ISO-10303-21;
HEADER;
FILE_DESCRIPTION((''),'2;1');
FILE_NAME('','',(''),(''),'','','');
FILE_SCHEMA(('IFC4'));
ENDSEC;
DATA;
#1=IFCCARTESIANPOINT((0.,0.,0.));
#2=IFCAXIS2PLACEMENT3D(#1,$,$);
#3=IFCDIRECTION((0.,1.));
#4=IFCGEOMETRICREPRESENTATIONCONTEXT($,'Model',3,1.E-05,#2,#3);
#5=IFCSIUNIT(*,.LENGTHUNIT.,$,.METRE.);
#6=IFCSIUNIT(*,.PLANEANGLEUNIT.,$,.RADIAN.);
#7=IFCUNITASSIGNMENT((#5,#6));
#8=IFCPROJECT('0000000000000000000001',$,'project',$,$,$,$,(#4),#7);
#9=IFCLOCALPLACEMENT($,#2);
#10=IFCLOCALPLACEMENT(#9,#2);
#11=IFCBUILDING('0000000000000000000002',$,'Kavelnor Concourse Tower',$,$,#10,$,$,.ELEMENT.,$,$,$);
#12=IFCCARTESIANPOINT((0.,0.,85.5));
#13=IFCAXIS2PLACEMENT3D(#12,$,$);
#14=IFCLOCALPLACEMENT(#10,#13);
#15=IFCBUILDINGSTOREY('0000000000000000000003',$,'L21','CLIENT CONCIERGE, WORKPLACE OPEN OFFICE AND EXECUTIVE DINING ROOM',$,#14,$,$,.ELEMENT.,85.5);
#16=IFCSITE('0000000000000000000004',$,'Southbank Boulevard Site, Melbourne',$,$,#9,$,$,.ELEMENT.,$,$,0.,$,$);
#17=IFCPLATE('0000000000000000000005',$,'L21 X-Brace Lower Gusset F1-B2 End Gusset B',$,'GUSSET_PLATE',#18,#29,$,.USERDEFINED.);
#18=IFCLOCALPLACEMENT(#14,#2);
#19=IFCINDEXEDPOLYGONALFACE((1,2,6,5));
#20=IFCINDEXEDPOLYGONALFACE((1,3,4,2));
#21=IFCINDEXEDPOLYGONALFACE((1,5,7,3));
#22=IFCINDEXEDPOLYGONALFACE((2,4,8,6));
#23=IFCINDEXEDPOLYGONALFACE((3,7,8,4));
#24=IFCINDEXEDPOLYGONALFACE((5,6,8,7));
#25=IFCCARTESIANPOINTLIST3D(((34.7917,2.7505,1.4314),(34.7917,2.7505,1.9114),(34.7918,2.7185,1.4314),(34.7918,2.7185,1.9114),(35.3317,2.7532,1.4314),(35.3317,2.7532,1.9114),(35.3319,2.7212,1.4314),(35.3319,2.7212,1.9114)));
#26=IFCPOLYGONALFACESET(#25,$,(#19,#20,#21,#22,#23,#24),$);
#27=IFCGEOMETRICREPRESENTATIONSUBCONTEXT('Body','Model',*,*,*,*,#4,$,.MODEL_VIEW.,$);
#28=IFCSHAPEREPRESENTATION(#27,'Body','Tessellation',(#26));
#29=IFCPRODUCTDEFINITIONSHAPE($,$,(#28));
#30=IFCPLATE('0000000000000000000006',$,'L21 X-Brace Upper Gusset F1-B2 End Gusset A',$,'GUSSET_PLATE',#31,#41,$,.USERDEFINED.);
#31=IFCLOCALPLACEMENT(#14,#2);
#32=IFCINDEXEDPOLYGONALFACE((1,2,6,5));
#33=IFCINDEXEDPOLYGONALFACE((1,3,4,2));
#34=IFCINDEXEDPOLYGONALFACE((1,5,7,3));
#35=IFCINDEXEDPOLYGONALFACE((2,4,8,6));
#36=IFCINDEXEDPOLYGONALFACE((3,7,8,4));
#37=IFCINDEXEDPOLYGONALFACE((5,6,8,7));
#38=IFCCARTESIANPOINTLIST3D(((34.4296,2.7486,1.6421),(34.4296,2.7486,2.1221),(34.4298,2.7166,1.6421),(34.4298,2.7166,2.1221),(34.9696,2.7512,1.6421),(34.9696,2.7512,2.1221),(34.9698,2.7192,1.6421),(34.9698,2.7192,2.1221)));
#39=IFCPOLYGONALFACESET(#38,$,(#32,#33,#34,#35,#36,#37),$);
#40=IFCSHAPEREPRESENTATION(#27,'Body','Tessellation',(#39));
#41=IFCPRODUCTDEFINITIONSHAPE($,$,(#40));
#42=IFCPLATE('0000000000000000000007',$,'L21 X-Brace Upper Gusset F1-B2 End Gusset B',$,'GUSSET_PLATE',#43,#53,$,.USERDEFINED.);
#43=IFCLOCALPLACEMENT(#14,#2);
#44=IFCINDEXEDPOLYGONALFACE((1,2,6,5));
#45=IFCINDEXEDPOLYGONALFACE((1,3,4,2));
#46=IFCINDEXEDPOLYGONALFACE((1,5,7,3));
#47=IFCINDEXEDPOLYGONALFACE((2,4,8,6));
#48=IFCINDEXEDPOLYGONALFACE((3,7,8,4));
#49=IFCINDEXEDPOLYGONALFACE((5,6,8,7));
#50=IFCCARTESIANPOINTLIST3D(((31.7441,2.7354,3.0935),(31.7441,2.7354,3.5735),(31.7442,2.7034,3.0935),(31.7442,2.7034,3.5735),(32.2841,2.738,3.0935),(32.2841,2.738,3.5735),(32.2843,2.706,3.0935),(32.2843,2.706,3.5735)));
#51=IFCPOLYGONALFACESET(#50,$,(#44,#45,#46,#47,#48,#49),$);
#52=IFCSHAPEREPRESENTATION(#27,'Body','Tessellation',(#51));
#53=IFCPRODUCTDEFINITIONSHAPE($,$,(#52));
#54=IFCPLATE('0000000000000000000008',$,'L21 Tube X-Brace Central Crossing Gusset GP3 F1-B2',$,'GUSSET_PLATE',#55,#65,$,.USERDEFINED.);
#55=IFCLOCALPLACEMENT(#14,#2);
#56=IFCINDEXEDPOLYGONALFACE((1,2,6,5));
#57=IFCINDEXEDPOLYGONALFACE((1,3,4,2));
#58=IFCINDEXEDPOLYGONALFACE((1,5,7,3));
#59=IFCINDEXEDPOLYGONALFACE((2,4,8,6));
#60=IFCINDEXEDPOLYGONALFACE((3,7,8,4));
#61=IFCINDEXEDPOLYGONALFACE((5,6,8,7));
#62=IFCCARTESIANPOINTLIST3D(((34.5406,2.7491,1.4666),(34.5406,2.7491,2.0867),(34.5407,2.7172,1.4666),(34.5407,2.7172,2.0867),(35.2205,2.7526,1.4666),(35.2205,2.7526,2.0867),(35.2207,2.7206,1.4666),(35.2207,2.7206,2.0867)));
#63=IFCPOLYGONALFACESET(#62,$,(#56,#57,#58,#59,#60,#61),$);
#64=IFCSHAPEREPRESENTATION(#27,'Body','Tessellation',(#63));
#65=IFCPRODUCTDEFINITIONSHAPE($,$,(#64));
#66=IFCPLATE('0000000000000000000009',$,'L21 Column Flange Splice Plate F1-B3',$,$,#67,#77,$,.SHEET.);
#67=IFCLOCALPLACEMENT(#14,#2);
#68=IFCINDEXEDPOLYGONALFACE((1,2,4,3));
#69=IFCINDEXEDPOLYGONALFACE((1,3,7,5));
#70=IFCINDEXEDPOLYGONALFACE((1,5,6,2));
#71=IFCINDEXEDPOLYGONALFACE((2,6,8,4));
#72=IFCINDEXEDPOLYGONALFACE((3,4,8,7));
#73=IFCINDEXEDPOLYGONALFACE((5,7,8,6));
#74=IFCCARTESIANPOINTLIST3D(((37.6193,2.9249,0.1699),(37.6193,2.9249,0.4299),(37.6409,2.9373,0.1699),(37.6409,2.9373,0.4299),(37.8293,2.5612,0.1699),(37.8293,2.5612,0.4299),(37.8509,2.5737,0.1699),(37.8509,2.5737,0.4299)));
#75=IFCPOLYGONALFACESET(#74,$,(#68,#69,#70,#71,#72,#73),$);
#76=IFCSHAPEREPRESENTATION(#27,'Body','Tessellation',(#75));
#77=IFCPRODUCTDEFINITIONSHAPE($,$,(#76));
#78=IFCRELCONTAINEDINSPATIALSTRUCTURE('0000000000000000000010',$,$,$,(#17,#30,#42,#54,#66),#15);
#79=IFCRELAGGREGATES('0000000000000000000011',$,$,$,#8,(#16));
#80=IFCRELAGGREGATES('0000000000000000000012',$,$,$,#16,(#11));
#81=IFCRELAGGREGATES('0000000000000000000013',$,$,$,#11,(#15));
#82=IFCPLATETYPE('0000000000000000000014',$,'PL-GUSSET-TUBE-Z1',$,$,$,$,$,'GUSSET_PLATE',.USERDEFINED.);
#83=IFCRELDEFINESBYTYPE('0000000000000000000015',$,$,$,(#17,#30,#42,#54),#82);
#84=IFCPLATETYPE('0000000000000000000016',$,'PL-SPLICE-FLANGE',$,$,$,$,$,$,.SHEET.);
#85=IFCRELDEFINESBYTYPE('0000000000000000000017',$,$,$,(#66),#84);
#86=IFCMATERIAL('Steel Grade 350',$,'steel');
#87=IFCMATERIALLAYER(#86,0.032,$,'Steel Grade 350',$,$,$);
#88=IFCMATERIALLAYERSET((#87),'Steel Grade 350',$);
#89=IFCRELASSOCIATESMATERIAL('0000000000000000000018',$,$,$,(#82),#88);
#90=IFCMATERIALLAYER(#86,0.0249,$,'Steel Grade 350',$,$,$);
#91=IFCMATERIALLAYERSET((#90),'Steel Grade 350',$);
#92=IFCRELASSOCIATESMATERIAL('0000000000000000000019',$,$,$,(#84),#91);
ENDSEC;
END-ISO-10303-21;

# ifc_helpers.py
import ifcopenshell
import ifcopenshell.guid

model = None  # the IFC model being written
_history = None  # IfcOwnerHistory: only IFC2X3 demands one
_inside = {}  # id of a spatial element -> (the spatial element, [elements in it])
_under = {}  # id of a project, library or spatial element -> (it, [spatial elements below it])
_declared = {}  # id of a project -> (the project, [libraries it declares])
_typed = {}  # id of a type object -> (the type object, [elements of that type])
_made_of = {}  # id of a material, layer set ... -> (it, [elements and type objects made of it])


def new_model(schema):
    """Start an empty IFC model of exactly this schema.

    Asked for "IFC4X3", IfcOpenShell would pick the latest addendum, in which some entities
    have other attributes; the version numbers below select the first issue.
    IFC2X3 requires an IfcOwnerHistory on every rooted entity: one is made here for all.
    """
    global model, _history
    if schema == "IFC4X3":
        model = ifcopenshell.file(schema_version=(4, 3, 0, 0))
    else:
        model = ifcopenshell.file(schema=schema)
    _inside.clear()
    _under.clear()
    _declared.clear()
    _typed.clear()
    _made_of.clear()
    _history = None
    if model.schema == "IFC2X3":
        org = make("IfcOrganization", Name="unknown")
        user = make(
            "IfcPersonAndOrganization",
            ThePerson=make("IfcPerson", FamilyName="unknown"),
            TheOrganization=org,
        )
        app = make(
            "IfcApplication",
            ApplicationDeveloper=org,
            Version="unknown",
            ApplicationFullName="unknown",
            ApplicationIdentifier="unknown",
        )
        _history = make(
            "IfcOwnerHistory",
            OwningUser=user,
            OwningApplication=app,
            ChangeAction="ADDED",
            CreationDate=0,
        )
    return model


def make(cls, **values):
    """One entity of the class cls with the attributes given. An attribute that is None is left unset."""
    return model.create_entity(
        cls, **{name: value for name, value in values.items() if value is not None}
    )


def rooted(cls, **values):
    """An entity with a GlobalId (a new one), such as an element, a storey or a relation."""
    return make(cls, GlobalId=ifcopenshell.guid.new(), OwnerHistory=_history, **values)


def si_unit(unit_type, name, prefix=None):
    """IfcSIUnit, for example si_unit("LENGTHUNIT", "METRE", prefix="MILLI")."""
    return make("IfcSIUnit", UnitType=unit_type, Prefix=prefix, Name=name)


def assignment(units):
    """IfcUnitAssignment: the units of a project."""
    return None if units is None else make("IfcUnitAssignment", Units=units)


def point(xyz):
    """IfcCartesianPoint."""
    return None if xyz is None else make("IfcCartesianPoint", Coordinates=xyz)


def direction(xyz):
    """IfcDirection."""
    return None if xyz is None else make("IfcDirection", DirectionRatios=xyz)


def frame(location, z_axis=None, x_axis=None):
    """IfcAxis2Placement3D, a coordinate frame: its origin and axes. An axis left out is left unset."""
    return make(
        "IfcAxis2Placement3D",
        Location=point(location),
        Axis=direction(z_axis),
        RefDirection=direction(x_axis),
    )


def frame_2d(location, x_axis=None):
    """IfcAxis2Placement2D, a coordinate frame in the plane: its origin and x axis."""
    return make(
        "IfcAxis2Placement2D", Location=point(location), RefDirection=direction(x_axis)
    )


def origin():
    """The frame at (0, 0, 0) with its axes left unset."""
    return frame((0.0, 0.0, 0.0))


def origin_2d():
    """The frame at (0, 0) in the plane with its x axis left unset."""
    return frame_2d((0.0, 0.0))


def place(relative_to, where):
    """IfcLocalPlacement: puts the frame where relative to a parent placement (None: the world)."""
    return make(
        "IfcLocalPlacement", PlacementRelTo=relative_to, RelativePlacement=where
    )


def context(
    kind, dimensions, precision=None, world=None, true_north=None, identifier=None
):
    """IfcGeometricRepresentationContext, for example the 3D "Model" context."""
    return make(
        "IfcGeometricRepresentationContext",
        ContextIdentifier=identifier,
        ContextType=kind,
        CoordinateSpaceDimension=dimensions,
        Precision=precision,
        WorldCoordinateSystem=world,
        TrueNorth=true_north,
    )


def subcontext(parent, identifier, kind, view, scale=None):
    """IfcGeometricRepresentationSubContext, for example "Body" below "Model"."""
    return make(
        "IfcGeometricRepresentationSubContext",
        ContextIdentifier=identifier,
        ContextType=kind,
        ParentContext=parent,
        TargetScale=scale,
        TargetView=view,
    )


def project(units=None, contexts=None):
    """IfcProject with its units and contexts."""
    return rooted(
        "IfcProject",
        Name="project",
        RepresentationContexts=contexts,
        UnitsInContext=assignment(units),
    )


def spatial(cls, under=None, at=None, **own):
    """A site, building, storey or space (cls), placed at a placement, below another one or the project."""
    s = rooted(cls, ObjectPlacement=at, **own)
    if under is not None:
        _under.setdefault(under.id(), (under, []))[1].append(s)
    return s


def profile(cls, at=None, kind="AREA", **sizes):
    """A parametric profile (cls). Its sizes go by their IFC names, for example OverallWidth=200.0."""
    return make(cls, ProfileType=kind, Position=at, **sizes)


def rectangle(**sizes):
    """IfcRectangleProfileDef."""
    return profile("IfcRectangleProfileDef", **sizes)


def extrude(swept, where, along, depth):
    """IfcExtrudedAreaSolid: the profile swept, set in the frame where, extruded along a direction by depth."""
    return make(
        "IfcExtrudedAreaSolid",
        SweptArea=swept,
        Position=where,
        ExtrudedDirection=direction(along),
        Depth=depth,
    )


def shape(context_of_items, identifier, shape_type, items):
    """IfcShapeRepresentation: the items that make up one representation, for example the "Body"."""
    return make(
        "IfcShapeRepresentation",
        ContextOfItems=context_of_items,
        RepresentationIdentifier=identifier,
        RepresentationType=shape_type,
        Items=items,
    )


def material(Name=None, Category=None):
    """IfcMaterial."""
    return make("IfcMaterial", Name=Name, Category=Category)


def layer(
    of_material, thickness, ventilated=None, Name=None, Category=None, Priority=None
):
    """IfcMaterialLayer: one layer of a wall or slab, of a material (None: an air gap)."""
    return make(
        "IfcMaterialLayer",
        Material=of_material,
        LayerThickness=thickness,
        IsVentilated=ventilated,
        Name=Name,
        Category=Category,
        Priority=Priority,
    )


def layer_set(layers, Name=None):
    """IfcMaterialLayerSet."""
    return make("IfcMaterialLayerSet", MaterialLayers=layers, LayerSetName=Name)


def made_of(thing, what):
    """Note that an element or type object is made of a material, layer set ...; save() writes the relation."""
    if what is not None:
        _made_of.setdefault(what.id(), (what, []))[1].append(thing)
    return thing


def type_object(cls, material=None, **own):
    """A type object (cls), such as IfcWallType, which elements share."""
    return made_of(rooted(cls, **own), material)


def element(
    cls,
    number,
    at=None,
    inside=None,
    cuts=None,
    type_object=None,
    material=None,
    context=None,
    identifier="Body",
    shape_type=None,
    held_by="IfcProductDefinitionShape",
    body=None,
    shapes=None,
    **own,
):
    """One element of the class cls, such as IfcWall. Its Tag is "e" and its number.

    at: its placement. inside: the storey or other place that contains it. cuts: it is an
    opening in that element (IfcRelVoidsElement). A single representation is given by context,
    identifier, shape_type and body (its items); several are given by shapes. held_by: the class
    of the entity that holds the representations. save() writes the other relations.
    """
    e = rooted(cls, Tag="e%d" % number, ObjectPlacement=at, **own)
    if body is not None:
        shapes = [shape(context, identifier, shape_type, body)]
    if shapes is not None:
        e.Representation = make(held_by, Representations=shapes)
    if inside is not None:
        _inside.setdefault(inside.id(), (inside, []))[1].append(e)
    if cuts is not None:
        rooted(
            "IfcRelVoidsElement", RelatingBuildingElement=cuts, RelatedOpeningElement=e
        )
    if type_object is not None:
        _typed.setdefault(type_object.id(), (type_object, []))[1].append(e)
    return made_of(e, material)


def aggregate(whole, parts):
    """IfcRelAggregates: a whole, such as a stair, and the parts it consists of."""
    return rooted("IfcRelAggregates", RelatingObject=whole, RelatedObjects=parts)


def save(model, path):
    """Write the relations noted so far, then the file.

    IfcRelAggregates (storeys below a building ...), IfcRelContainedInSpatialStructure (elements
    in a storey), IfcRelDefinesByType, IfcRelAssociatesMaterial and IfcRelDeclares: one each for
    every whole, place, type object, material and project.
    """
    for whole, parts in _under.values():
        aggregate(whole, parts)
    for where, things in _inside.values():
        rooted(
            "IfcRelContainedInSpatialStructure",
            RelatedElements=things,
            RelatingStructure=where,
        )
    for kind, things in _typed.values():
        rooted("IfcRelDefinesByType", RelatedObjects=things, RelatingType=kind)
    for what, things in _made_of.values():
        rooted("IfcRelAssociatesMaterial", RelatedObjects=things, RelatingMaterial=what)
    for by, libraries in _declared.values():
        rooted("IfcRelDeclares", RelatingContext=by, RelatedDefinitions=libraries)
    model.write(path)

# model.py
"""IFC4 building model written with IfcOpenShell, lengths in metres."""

from ifc_helpers import new_model, si_unit, direction, frame, origin, origin_2d, place, context, subcontext, project, spatial, rectangle, extrude, material, layer, layer_set, type_object, element, save


model = new_model("IFC4")

# Units and contexts
model_context = context("Model", 3, precision=1e-05, world=origin(), true_north=direction((0.0, 1.0)))
body_context = subcontext(model_context, "Body", "Model", "MODEL_VIEW")
ifc_project = project(units=[si_unit("LENGTHUNIT", "METRE"), si_unit("PLANEANGLEUNIT", "RADIAN")], contexts=[model_context])

# Site, building, storey
site_placement = place(None, origin())
site = spatial("IfcSite", under=ifc_project, at=site_placement, Name="Southbank Boulevard Site, Melbourne", CompositionType="ELEMENT", RefElevation=0.0)
building_placement = place(site_placement, origin())
building = spatial("IfcBuilding", under=site, at=building_placement, Name="Kavelnor Concourse Tower", CompositionType="ELEMENT")
storey_placement = place(building_placement, frame((0.0, 0.0, 85.5)))
storey = spatial("IfcBuildingStorey", under=building, at=storey_placement, Name="L21", Description="CLIENT CONCIERGE, WORKPLACE OPEN OFFICE AND EXECUTIVE DINING ROOM", CompositionType="ELEMENT", Elevation=85.5)

# Shared definitions
ifc_material = material(Name="Steel Grade 350", Category="steel")

# Plates
ifc_layer_1 = layer(ifc_material, 0.032, Name="Steel Grade 350")
ifc_layer_set_1 = layer_set([ifc_layer_1], Name="Steel Grade 350")
plate_type_1 = type_object("IfcPlateType", Name="PL-GUSSET-TUBE-Z1", ElementType="GUSSET_PLATE", PredefinedType="USERDEFINED", material=ifc_layer_set_1)
for number, where, z_axis, x_axis, name in (
    (1, (35.0618, 2.7358, 1.4314), (0.0, 0.0, 1.0), (-0.999987, -0.005061, 0.0), "L21 X-Brace Lower Gusset F1-B2 End Gusset B"),
    (2, (34.6997, 2.7339, 1.6421), (0.0, 0.0, 1.0), (-0.999988, -0.004887, 0.0), "L21 X-Brace Upper Gusset F1-B2 End Gusset A"),
    (3, (32.0142, 2.7207, 3.0935), (0.0, 0.0, 1.0), (-0.999988, -0.004887, 0.0), "L21 X-Brace Upper Gusset F1-B2 End Gusset B"),
):
    element("IfcPlate", number, at=place(storey_placement, frame(where, z_axis=z_axis, x_axis=x_axis)), inside=storey, type_object=plate_type_1, Name=name, ObjectType="GUSSET_PLATE", PredefinedType="USERDEFINED", context=body_context, shape_type="SweptSolid", body=[
        extrude(rectangle(XDim=0.54, YDim=0.032, at=origin_2d()), origin(), (0.0, 0.0, 1.0), 0.48),
    ])
plate_1_placement = place(storey_placement, frame((34.8806, 2.7349, 1.4666), z_axis=(0.0, 0.0, 1.0), x_axis=(-0.999987, -0.005061, 0.0)))
element("IfcPlate", 4, at=plate_1_placement, inside=storey, type_object=plate_type_1, Name="L21 Tube X-Brace Central Crossing Gusset GP3 F1-B2", ObjectType="GUSSET_PLATE", PredefinedType="USERDEFINED", context=body_context, shape_type="SweptSolid", body=[
    extrude(rectangle(XDim=0.6799, YDim=0.032, at=origin_2d()), origin(), (0.0, 0.0, 1.0), 0.6201),
])
ifc_layer_2 = layer(ifc_material, 0.0249, Name="Steel Grade 350")
ifc_layer_set_2 = layer_set([ifc_layer_2], Name="Steel Grade 350")
plate_type_2 = type_object("IfcPlateType", Name="PL-SPLICE-FLANGE", PredefinedType="SHEET", material=ifc_layer_set_2)
plate_2_placement = place(storey_placement, frame((37.7351, 2.7493, 0.1699), z_axis=(0.0, 0.0, 1.0), x_axis=(-0.5, 0.866025, 0.0)))
element("IfcPlate", 5, at=plate_2_placement, inside=storey, type_object=plate_type_2, Name="L21 Column Flange Splice Plate F1-B3", PredefinedType="SHEET", context=body_context, shape_type="SweptSolid", body=[
    extrude(rectangle(XDim=0.4199, YDim=0.0249, at=origin_2d()), origin(), (0.0, 0.0, 1.0), 0.26),
])

save(model, "model.ifc")
